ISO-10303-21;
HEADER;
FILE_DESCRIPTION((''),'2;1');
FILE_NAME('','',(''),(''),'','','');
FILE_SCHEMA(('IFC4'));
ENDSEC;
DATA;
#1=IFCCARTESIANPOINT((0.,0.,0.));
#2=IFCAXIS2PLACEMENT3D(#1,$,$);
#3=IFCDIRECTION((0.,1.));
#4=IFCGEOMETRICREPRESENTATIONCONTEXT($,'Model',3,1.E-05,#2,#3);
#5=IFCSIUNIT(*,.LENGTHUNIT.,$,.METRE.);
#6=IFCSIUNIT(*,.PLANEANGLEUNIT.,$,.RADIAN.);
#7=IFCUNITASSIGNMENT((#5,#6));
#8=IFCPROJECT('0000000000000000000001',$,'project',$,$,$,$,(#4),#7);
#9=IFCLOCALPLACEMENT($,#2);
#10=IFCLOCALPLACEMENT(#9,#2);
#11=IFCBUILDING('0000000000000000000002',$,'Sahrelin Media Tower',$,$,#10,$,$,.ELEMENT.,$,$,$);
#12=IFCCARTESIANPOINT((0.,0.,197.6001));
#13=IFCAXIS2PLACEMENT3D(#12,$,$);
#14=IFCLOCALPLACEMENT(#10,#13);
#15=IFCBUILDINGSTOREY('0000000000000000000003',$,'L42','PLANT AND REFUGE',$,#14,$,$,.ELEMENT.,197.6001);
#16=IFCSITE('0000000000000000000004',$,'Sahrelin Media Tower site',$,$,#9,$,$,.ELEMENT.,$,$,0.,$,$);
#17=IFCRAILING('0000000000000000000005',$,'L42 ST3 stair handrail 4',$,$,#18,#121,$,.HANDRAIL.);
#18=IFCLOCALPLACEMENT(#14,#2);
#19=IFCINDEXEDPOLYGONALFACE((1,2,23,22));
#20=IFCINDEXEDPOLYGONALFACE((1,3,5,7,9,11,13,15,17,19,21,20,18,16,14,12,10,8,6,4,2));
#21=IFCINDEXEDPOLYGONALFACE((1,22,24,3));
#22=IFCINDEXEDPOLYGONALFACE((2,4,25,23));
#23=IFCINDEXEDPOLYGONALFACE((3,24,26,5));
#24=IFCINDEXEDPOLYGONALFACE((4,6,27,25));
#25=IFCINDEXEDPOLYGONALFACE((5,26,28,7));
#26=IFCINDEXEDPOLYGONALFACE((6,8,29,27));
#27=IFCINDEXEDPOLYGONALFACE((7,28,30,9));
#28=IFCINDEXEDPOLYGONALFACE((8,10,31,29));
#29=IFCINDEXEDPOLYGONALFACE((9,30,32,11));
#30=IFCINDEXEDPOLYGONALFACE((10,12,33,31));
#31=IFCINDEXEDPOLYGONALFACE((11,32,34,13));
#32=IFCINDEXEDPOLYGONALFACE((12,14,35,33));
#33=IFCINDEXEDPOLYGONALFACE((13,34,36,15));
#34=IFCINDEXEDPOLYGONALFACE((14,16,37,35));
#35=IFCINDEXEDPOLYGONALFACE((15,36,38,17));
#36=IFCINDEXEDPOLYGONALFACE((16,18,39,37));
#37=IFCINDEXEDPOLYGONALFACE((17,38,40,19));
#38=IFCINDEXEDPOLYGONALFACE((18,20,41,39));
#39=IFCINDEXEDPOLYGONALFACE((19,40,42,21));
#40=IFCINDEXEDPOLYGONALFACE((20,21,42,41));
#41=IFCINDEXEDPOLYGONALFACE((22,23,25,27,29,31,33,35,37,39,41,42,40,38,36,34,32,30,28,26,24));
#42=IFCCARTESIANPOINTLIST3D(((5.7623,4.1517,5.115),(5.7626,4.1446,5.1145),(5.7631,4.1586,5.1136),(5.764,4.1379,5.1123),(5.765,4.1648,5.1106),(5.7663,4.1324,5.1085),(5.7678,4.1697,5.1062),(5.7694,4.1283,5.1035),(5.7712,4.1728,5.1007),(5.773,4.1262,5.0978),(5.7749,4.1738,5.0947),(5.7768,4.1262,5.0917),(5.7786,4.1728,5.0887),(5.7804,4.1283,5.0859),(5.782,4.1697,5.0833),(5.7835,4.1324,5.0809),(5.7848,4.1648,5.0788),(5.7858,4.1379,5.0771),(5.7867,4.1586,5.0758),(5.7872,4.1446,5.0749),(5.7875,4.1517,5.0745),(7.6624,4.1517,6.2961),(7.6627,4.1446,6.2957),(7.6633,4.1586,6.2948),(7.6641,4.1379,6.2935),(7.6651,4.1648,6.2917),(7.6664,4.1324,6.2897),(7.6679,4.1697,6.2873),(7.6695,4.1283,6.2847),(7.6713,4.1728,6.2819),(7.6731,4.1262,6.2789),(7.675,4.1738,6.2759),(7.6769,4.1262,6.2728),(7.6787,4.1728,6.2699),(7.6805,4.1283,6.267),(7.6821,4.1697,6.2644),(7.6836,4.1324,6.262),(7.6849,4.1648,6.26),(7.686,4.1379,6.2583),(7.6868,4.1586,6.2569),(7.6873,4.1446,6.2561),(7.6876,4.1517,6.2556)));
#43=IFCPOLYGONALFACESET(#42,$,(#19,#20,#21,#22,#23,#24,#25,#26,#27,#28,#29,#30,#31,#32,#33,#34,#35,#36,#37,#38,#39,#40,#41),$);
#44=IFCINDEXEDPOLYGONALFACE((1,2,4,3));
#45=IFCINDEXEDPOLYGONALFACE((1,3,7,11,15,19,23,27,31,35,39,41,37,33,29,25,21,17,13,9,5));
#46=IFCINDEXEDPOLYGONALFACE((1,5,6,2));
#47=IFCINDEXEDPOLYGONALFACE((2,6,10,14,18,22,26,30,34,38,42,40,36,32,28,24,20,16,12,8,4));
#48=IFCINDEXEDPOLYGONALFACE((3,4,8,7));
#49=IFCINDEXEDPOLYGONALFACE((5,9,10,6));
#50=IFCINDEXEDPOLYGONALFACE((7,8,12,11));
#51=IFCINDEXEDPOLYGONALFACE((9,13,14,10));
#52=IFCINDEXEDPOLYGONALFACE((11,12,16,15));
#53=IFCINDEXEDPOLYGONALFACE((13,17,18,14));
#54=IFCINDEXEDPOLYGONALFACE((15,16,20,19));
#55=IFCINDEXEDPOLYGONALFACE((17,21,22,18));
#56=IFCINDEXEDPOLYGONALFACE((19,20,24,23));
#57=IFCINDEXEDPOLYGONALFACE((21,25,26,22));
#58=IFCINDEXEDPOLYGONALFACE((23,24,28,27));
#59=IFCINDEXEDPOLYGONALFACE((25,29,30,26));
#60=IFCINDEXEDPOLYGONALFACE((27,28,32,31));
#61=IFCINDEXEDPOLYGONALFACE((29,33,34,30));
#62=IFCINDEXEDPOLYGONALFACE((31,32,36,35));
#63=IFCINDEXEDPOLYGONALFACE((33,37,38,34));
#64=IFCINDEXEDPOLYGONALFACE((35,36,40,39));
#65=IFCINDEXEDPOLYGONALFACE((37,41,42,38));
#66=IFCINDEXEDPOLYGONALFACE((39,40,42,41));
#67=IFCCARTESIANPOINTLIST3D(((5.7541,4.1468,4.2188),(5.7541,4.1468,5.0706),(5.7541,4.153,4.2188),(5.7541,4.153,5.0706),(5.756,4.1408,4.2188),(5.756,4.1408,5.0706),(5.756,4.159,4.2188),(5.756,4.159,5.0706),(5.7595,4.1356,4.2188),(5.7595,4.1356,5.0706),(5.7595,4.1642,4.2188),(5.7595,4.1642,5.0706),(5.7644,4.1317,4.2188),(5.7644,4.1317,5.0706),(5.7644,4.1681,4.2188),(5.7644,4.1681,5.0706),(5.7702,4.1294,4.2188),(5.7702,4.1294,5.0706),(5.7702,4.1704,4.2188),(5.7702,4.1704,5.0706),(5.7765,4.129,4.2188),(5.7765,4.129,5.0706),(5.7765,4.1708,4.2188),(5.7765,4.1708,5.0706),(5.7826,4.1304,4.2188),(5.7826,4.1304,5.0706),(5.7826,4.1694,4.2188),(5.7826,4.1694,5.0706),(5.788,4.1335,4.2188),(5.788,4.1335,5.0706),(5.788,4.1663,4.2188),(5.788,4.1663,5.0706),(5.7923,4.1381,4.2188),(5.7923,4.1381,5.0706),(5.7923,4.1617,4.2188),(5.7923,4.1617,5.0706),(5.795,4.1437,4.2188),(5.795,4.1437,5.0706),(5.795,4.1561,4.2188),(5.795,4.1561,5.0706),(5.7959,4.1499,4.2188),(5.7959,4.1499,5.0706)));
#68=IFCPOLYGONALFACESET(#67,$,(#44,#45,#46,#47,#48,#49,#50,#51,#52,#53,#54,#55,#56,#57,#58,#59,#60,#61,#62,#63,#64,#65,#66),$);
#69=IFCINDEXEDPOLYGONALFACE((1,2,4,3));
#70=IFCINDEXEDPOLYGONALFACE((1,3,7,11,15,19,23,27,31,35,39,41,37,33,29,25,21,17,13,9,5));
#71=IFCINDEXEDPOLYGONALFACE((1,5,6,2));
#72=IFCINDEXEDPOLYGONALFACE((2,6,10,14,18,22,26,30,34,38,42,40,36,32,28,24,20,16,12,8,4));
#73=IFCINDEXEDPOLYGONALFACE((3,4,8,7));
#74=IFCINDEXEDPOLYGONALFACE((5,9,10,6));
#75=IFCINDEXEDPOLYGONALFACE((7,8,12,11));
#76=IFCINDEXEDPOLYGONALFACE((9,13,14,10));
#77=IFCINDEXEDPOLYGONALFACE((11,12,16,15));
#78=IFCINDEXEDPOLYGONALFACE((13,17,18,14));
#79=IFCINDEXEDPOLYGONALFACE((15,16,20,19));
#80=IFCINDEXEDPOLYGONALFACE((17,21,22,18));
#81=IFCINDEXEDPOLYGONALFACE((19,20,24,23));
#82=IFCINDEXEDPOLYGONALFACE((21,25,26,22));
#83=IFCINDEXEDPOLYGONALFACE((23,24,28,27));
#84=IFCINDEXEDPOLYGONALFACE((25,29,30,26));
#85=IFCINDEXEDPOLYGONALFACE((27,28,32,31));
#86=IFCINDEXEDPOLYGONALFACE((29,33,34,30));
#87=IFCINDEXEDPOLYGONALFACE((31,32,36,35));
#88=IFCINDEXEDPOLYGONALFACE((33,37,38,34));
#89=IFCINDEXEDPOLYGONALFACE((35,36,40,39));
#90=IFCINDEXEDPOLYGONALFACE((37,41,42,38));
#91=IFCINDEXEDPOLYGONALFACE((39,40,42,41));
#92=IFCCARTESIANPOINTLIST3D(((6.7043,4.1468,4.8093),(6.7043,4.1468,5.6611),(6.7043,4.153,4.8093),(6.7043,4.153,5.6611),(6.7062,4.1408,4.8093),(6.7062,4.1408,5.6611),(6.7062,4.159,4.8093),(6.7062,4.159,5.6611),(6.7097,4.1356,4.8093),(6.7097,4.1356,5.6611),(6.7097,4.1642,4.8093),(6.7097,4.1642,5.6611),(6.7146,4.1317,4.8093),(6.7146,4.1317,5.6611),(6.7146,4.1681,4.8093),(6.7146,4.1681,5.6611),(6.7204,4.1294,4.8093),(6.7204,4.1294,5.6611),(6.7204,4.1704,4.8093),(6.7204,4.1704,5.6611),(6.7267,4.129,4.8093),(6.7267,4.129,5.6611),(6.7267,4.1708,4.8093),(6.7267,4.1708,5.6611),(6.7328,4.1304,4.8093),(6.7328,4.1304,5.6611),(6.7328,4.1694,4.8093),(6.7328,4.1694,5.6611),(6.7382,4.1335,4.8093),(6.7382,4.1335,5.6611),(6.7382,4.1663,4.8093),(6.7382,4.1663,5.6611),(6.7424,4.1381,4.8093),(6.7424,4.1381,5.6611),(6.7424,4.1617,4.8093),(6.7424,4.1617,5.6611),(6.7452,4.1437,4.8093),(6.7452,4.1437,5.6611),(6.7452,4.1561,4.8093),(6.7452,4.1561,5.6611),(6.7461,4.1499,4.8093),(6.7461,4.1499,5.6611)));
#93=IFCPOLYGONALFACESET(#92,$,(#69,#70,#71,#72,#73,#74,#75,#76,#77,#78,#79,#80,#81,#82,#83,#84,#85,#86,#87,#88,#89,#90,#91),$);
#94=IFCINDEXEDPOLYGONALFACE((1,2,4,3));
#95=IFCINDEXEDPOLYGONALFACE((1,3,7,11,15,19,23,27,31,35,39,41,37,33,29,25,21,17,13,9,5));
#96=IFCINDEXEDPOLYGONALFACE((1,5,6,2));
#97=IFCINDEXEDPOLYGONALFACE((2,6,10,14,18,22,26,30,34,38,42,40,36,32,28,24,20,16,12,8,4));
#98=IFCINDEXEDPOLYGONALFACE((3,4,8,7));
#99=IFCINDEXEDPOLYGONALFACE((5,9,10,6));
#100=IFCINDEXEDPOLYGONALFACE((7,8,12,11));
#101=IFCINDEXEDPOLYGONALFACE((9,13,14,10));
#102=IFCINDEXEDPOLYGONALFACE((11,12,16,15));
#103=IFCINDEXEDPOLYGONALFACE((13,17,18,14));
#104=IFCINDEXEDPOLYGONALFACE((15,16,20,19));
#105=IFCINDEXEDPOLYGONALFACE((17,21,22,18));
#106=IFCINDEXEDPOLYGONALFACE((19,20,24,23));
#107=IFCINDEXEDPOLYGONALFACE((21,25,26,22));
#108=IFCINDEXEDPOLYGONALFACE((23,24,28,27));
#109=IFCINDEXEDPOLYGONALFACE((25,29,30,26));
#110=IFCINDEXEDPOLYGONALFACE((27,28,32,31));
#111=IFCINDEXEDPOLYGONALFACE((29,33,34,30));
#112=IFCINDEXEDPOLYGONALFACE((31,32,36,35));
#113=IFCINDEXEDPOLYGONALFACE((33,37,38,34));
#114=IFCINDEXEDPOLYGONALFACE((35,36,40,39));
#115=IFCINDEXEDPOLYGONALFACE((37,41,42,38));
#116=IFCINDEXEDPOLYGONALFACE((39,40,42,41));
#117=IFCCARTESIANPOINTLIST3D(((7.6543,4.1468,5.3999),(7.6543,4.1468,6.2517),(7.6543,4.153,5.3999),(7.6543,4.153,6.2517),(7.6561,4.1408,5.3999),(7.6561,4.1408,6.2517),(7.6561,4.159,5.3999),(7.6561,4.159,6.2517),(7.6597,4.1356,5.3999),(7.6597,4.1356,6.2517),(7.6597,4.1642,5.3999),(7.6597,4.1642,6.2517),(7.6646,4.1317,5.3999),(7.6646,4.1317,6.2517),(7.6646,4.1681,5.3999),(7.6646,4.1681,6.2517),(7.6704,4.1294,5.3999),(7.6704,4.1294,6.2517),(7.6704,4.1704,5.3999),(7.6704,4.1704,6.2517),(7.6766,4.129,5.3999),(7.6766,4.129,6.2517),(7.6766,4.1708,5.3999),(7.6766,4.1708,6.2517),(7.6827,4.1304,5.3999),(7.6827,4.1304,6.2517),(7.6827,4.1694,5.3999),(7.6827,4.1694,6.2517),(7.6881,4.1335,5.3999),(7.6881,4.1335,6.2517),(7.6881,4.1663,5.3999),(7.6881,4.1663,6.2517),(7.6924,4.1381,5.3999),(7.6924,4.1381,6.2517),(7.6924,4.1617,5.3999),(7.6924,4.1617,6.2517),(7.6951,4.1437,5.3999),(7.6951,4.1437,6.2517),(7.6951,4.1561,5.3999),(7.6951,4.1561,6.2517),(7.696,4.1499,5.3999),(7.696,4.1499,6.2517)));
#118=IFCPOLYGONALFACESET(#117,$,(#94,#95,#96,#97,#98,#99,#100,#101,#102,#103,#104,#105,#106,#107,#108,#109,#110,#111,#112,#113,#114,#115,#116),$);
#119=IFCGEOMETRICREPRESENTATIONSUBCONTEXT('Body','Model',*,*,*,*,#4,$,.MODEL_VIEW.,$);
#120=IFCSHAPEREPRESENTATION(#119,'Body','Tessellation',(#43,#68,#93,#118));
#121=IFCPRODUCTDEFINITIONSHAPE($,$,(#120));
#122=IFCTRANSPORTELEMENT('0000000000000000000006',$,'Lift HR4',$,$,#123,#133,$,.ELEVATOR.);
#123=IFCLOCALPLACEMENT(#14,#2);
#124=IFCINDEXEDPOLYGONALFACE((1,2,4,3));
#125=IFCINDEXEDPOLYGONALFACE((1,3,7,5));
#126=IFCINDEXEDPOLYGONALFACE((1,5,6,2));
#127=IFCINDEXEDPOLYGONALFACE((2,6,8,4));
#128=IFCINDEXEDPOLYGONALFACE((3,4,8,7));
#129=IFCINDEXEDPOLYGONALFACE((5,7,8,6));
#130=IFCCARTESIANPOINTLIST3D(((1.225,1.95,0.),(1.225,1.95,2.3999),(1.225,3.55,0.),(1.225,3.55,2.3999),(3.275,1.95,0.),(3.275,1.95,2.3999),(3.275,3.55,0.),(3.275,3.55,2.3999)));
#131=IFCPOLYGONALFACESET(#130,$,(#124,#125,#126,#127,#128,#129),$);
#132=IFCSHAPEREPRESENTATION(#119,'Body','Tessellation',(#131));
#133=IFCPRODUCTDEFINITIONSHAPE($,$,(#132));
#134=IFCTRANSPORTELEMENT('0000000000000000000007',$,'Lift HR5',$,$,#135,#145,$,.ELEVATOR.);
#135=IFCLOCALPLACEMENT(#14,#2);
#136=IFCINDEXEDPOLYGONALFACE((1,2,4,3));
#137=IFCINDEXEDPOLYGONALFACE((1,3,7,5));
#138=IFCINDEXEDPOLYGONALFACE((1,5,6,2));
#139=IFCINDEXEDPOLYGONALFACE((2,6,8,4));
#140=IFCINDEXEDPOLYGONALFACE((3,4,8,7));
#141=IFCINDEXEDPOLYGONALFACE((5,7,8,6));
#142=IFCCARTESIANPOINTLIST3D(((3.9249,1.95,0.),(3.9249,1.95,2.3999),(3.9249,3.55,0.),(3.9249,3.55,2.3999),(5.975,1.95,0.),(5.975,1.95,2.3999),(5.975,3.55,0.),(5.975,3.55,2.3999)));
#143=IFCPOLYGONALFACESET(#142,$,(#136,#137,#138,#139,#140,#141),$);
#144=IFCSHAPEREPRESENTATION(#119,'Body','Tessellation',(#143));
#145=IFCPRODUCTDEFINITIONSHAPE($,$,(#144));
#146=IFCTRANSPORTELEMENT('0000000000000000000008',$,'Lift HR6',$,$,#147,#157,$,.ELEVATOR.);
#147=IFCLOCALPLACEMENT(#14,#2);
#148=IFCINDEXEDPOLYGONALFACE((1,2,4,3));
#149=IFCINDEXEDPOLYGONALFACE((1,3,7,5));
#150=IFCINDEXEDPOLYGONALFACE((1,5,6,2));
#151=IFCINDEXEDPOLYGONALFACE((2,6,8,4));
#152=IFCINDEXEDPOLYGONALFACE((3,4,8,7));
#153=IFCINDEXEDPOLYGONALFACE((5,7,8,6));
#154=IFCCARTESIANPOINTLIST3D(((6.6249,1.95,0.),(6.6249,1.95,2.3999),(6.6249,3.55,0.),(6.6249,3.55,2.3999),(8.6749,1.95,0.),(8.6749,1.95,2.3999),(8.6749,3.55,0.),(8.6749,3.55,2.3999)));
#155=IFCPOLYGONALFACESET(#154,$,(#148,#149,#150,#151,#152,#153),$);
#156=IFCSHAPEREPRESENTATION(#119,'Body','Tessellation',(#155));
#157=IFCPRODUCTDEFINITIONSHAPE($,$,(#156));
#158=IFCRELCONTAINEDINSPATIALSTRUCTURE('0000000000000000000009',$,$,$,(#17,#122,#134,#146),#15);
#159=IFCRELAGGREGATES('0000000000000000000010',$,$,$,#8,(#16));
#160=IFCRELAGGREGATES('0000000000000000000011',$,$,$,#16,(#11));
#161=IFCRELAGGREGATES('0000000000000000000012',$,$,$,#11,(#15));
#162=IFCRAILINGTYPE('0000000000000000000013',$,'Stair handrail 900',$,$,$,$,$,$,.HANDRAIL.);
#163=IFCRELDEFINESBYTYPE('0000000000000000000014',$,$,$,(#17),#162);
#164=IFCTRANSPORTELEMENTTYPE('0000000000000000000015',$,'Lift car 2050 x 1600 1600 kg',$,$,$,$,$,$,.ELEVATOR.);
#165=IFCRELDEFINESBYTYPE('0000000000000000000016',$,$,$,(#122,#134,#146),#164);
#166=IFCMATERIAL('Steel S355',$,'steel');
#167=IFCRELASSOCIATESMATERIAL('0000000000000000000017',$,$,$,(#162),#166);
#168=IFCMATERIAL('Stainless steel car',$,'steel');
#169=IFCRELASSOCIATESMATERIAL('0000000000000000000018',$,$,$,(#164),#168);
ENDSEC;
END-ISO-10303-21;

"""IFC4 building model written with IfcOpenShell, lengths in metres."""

from ifc_helpers import new_model, si_unit, direction, frame, origin, origin_2d, place, context, subcontext, project, spatial, rectangle, circle, extrude, material, type_object, element, save


model = new_model("IFC4")

# Units and contexts
model_context = context("Model", 3, precision=1e-05, world=origin(), true_north=direction((0.0, 1.0)))
body_context = subcontext(model_context, "Body", "Model", "MODEL_VIEW")
ifc_project = project(units=[si_unit("LENGTHUNIT", "METRE"), si_unit("PLANEANGLEUNIT", "RADIAN")], contexts=[model_context])

# Site, building, storey
site_placement = place(None, origin())
site = spatial("IfcSite", under=ifc_project, at=site_placement, Name="Sahrelin Media Tower site", CompositionType="ELEMENT", RefElevation=0.0)
building_placement = place(site_placement, origin())
building = spatial("IfcBuilding", under=site, at=building_placement, Name="Sahrelin Media Tower", CompositionType="ELEMENT")
storey_placement = place(building_placement, frame((0.0, 0.0, 197.6001)))
storey = spatial("IfcBuildingStorey", under=building, at=storey_placement, Name="L42", Description="PLANT AND REFUGE", CompositionType="ELEMENT", Elevation=197.6001)

# Railing
ifc_material_1 = material(Name="Steel S355", Category="steel")
railing_type_1 = type_object("IfcRailingType", Name="Stair handrail 900", PredefinedType="HANDRAIL", material=ifc_material_1)
railing_1_placement = place(storey_placement, frame((5.7749, 4.1499, 4.2188)))
element("IfcRailing", 1, at=railing_1_placement, inside=storey, type_object=railing_type_1, Name="L42 ST3 stair handrail 4", PredefinedType="HANDRAIL", context=body_context, shape_type="SweptSolid", body=[
    extrude(circle(Radius=0.0239, at=origin_2d()), frame((0.0, 0.0, 0.876), z_axis=(0.849289, 0.0, 0.527928), x_axis=(0.0, 1.0, 0.0)), (0.0, 0.0, 1.0), 2.2373),
    extrude(circle(Radius=0.021, at=origin_2d()), origin(), (0.0, 0.0, 1.0), 0.8518),
    extrude(circle(Radius=0.021, at=origin_2d()), frame((0.9502, 0.0, 0.5906)), (0.0, 0.0, 1.0), 0.8518),
    extrude(circle(Radius=0.021, at=origin_2d()), frame((1.9001, 0.0, 1.1812)), (0.0, 0.0, 1.0), 0.8518),
])

# Transport elements
ifc_material_2 = material(Name="Stainless steel car", Category="steel")
transport_element_type = type_object("IfcTransportElementType", Name="Lift car 2050 x 1600 1600 kg", PredefinedType="ELEVATOR", material=ifc_material_2)
for number, where, z_axis, x_axis, name in (
    (2, (2.25, 2.75, 0.0), (0.0, 0.0, 1.0), (1.0, 0.0, 0.0), "Lift HR4"),
    (3, (4.95, 2.75, 0.0), (0.0, 0.0, 1.0), (1.0, 0.0, 0.0), "Lift HR5"),
    (4, (7.6499, 2.75, 0.0), (0.0, 0.0, 1.0), (1.0, 0.0, 0.0), "Lift HR6"),
):
    element("IfcTransportElement", number, at=place(storey_placement, frame(where, z_axis=z_axis, x_axis=x_axis)), inside=storey, type_object=transport_element_type, Name=name, PredefinedType="ELEVATOR", context=body_context, shape_type="SweptSolid", body=[
        extrude(rectangle(XDim=2.05, YDim=1.6001, at=origin_2d()), origin(), (0.0, 0.0, 1.0), 2.3999),
    ])

save(model, "model.ifc")
